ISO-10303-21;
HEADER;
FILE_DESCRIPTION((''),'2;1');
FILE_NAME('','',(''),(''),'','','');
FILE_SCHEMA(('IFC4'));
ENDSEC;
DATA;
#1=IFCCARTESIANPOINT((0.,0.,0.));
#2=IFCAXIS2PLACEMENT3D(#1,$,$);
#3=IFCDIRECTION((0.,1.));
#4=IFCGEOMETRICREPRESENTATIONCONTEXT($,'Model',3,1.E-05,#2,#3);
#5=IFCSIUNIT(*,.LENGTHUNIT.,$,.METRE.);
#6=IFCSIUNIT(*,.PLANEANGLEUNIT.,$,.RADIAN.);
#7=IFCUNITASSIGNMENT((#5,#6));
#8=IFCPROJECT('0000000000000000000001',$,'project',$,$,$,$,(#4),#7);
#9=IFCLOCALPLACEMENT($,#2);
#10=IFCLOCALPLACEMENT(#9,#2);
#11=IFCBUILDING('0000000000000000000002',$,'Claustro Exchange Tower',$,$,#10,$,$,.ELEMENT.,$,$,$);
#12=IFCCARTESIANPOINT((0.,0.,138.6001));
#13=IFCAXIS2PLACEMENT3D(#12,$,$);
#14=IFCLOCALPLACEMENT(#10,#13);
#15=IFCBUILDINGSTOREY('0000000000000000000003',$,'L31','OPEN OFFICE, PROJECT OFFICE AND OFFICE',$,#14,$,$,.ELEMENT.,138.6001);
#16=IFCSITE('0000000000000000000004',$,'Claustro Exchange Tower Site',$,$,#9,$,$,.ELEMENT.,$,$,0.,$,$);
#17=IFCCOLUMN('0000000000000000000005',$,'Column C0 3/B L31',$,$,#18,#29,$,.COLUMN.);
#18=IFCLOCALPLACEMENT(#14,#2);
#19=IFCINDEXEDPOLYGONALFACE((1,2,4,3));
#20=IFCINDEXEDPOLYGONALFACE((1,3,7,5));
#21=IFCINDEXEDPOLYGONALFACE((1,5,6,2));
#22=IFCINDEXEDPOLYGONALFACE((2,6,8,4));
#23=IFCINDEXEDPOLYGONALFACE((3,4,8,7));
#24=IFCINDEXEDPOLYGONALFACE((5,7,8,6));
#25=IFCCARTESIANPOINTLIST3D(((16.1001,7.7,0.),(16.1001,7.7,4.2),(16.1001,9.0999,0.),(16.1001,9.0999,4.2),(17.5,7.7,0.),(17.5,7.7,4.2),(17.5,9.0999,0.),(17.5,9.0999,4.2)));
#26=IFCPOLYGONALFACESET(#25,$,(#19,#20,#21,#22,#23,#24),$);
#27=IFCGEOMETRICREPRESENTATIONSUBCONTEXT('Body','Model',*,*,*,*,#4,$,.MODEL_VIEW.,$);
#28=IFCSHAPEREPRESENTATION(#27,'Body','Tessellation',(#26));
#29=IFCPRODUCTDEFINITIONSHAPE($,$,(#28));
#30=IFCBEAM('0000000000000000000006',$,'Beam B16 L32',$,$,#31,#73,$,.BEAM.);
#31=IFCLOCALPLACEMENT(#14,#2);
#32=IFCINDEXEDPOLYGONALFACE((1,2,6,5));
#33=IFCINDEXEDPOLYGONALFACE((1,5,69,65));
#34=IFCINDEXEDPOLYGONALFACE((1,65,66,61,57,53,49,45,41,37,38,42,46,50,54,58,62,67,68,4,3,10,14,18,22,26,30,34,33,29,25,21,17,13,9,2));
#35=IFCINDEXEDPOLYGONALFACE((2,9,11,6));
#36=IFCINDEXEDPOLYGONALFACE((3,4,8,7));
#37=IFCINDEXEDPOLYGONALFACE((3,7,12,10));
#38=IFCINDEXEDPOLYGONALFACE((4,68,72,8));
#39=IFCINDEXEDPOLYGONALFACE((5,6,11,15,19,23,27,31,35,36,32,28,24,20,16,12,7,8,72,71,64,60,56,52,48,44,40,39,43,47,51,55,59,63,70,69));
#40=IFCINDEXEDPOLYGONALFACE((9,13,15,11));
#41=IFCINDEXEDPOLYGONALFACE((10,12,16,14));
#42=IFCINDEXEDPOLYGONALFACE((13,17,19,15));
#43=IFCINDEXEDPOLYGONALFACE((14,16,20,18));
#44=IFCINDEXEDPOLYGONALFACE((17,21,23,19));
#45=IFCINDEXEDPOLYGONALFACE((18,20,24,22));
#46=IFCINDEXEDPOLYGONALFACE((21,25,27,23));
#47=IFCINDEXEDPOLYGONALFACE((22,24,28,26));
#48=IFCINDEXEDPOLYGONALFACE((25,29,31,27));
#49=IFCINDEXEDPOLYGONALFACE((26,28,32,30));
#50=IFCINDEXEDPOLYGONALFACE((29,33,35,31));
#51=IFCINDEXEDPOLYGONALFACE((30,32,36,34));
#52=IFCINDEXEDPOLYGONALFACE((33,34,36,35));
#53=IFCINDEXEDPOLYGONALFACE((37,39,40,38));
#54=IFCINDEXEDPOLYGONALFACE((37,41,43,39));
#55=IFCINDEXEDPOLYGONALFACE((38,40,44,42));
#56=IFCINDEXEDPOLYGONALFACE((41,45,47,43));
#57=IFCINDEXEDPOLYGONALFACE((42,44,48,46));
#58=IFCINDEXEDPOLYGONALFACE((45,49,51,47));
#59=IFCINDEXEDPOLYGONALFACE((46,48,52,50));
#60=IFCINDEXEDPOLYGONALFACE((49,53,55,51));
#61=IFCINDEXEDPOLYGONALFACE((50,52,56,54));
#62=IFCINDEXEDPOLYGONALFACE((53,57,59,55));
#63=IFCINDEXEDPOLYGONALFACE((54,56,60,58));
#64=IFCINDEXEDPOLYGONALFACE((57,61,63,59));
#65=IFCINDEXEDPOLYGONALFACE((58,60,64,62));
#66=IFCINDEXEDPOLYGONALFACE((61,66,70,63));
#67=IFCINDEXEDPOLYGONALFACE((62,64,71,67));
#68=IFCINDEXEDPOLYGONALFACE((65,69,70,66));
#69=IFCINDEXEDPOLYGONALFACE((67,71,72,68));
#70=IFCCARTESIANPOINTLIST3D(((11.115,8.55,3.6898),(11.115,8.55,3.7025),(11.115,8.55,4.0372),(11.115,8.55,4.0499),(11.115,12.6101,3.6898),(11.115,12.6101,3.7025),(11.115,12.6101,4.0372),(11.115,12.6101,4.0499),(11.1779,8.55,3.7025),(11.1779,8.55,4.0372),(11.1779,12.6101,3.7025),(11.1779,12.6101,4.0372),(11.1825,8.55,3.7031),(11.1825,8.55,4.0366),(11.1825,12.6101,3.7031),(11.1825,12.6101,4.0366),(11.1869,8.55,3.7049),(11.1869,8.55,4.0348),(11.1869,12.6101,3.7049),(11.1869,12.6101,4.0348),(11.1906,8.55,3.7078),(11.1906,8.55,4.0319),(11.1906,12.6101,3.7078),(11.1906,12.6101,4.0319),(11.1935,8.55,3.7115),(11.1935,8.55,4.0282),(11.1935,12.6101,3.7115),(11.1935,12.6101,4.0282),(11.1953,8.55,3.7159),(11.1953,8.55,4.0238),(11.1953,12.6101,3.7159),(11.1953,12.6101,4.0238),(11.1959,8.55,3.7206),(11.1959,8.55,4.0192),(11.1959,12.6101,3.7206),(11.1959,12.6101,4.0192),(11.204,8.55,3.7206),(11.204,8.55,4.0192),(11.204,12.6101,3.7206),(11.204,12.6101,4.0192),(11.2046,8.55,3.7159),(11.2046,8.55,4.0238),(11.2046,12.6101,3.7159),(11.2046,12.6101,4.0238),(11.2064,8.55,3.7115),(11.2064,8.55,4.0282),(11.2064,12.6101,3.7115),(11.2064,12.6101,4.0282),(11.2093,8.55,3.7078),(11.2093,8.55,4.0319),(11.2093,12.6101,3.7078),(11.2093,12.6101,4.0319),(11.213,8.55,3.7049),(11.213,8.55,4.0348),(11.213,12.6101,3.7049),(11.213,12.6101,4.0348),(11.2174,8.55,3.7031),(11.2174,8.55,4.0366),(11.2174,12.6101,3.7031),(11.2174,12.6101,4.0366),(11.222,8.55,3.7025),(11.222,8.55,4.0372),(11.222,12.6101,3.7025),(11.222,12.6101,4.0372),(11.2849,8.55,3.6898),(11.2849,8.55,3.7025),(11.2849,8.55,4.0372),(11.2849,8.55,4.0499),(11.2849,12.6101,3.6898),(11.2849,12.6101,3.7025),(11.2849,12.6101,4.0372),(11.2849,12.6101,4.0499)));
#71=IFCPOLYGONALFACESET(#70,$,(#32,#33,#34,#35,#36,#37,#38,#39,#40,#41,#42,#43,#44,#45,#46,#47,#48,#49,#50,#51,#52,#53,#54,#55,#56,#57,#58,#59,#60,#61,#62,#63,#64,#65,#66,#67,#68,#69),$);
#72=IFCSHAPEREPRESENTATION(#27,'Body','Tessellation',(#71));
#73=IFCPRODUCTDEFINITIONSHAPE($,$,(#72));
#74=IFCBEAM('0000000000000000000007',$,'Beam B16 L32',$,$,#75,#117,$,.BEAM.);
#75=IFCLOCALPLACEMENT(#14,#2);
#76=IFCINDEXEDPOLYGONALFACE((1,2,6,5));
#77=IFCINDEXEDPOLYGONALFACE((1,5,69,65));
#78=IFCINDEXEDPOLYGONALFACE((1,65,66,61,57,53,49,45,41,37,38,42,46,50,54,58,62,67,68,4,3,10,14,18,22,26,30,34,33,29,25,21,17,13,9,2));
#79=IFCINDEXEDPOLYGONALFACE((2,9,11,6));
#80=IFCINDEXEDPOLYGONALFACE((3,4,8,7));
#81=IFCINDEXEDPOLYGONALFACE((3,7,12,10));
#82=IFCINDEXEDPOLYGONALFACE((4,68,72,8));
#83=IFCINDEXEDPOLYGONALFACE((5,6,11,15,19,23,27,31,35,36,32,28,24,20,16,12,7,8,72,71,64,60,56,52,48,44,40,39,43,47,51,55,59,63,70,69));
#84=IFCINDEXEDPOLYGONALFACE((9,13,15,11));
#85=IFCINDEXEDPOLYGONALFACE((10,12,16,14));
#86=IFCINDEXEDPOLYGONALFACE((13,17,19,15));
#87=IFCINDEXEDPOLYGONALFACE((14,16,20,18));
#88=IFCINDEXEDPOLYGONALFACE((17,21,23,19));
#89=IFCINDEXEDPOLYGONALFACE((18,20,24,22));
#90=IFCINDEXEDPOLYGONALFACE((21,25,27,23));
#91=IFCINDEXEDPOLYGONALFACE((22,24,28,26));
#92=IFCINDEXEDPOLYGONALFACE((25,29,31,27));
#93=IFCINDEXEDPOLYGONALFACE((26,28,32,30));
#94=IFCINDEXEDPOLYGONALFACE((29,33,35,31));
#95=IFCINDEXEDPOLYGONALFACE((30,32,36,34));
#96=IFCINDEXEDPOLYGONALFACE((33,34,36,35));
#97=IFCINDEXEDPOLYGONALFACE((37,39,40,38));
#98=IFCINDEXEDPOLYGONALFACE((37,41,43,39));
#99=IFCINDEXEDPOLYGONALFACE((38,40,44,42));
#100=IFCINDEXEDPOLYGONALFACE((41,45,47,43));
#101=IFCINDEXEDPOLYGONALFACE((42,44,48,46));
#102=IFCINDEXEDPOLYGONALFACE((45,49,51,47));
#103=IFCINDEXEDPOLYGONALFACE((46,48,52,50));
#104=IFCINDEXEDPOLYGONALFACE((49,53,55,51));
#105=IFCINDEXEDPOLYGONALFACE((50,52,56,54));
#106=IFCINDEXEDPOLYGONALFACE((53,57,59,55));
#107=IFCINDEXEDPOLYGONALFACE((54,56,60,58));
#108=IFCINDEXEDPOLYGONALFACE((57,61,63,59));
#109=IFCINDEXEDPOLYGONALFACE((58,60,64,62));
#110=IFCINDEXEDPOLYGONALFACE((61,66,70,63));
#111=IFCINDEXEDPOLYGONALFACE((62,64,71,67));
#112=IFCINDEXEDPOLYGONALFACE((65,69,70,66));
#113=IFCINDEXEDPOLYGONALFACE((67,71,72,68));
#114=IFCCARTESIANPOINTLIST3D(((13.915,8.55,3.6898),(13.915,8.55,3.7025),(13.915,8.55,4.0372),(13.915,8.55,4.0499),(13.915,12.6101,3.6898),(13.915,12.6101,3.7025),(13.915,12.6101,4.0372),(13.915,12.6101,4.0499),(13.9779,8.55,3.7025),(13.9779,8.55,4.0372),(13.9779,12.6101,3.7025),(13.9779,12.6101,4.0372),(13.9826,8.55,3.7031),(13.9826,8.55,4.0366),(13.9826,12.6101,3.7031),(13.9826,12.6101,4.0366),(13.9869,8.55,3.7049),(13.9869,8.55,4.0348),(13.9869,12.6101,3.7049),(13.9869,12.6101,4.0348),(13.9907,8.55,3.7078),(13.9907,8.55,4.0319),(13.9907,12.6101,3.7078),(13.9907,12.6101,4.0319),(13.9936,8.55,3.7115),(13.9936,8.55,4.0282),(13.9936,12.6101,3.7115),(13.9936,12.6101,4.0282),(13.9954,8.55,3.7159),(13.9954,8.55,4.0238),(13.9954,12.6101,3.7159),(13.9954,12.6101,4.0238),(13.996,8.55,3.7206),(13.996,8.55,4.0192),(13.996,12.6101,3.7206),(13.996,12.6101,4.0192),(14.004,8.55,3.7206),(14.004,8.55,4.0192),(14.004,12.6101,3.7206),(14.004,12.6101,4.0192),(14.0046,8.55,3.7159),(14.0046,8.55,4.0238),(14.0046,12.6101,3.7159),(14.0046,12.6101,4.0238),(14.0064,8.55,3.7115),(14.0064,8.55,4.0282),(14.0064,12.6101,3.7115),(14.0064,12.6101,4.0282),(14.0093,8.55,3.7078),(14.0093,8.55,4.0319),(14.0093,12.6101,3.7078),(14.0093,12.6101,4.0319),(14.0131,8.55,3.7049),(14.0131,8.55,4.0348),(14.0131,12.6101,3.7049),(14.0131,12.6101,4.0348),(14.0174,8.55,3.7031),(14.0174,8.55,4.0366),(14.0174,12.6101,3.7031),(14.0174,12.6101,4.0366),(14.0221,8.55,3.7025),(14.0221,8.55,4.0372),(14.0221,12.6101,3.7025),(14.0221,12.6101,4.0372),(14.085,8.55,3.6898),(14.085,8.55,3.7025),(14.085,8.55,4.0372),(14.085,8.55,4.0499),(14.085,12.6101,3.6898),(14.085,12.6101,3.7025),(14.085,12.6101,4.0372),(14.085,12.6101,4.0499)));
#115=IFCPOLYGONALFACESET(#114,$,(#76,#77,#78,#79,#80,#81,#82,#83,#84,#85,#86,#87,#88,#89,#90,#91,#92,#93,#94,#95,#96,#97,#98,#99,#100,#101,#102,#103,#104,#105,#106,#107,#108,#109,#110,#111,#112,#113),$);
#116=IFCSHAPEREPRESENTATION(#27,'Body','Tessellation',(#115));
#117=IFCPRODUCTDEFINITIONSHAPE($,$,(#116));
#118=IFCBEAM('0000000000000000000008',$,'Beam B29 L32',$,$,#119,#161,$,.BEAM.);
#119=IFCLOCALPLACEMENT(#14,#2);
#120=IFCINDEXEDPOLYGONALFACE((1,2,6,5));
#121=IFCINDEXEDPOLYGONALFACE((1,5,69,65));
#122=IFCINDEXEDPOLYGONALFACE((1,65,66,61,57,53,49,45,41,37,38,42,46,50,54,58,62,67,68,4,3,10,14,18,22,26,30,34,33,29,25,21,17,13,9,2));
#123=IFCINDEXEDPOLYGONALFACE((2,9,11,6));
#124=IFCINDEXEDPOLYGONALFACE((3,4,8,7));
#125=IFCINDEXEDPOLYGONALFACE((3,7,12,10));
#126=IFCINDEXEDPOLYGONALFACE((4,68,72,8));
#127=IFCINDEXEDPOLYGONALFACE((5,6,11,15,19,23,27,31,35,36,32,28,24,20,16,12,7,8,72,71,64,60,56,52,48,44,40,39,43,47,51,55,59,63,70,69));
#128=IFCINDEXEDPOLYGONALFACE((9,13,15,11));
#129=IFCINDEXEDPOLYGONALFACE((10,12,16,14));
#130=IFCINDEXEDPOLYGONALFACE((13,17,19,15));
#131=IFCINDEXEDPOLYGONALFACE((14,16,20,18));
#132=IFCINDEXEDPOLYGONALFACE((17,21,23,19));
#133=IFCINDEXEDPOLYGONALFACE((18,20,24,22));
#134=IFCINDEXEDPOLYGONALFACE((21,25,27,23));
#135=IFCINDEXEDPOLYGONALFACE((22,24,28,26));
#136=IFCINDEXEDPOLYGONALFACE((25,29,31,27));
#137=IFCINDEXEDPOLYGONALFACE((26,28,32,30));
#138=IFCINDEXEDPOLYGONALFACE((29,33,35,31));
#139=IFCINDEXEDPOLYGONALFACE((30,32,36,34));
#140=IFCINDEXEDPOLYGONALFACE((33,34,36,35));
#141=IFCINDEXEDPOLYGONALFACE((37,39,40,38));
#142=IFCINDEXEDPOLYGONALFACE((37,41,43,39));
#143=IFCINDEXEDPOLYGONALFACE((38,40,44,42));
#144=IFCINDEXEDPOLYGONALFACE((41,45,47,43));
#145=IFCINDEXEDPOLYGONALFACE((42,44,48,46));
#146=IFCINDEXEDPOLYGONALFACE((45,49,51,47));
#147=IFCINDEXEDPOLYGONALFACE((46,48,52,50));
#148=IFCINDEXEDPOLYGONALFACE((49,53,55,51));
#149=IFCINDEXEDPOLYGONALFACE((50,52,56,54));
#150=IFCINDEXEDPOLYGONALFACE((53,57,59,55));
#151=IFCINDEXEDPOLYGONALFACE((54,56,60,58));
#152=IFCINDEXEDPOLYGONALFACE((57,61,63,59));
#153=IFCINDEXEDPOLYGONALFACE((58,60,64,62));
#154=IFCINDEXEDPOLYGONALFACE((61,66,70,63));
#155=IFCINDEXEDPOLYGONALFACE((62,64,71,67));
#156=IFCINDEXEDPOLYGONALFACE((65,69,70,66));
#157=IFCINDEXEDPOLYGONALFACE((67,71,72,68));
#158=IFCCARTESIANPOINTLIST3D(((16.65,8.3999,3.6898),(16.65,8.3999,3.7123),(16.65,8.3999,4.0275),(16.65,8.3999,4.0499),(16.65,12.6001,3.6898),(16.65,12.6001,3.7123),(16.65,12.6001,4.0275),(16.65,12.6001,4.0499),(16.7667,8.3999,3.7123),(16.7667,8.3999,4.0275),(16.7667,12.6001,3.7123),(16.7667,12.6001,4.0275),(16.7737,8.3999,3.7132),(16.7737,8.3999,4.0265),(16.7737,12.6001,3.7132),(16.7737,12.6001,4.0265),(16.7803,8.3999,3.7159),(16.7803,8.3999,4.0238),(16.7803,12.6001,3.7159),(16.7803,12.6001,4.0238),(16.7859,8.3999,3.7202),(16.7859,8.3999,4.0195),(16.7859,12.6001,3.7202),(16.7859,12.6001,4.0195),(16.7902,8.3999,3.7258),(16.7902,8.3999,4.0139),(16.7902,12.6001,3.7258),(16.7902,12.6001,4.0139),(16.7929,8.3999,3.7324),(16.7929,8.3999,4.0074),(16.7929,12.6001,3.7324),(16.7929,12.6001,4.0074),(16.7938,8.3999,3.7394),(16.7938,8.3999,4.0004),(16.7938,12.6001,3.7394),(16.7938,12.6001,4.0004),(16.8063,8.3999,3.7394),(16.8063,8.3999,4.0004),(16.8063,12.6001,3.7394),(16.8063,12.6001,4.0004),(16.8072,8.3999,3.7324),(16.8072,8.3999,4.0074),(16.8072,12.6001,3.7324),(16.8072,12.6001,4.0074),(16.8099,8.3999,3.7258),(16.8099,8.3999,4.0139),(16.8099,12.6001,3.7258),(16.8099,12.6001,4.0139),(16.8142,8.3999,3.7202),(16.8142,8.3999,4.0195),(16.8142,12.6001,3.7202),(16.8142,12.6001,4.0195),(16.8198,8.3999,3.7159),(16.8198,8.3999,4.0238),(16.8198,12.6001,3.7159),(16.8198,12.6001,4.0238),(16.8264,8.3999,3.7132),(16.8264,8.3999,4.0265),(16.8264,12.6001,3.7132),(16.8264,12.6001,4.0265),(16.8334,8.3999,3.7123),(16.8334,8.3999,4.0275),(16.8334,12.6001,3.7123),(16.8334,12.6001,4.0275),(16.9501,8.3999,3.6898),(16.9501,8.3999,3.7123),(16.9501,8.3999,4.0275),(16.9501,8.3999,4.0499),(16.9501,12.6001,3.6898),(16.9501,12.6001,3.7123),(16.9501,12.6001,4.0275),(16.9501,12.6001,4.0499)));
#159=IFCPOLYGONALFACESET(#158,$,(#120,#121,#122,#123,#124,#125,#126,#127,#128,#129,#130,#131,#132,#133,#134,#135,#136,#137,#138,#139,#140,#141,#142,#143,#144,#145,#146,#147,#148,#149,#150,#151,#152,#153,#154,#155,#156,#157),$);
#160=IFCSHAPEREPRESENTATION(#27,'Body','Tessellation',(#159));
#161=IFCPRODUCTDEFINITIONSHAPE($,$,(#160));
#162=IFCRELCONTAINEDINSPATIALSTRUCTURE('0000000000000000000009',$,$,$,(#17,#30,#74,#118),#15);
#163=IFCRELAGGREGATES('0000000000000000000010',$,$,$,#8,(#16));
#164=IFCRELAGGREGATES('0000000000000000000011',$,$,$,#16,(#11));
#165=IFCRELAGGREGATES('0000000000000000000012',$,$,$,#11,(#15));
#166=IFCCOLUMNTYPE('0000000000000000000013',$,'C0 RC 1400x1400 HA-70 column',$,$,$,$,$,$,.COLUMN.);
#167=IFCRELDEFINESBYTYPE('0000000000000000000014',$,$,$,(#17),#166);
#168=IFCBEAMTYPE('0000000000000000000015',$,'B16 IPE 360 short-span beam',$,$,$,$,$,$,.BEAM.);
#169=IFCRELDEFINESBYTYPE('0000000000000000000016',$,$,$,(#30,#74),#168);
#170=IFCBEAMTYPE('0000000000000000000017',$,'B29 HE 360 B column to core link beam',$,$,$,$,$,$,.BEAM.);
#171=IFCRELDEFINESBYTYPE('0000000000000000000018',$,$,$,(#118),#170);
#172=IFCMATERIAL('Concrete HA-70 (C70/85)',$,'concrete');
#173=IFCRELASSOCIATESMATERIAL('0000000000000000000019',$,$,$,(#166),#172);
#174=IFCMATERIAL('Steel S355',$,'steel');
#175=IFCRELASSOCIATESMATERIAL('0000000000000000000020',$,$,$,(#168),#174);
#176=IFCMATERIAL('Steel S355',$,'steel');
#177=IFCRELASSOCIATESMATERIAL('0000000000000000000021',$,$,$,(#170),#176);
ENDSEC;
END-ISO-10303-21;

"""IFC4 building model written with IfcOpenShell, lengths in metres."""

from ifc_helpers import new_model, si_unit, direction, frame, origin, origin_2d, place, context, subcontext, project, spatial, rectangle, i_section, extrude, material, material_profile, profile_set, type_object, element, save


model = new_model("IFC4")

# Units and contexts
model_context = context("Model", 3, precision=1e-05, world=origin(), true_north=direction((0.0, 1.0)))
body_context = subcontext(model_context, "Body", "Model", "MODEL_VIEW")
ifc_project = project(units=[si_unit("LENGTHUNIT", "METRE"), si_unit("PLANEANGLEUNIT", "RADIAN")], contexts=[model_context])

# Site, building, storey
site_placement = place(None, origin())
site = spatial("IfcSite", under=ifc_project, at=site_placement, Name="Claustro Exchange Tower Site", CompositionType="ELEMENT", RefElevation=0.0)
building_placement = place(site_placement, origin())
building = spatial("IfcBuilding", under=site, at=building_placement, Name="Claustro Exchange Tower", CompositionType="ELEMENT")
storey_placement = place(building_placement, frame((0.0, 0.0, 138.6001)))
storey = spatial("IfcBuildingStorey", under=building, at=storey_placement, Name="L31", Description="OPEN OFFICE, PROJECT OFFICE AND OFFICE", CompositionType="ELEMENT", Elevation=138.6001)

# Column
ifc_material_1 = material(Name="Concrete HA-70 (C70/85)", Category="concrete")
ifc_material_profile_1 = material_profile(ifc_material_1, rectangle(XDim=1.3999, YDim=1.3999, at=origin_2d()), Name="RC 1400x1400")
ifc_profile_set_1 = profile_set([ifc_material_profile_1], Name="Concrete HA-70 (C70/85)")
column_type = type_object("IfcColumnType", Name="C0 RC 1400x1400 HA-70 column", PredefinedType="COLUMN", material=ifc_profile_set_1)
column_placement = place(storey_placement, frame((16.8, 8.3999, 0.0), z_axis=(0.0, 0.0, 1.0), x_axis=(1.0, 0.0, 0.0)))
element("IfcColumn", 1, at=column_placement, inside=storey, type_object=column_type, Name="Column C0 3/B L31", PredefinedType="COLUMN", context=body_context, shape_type="SweptSolid", body=[
    extrude(rectangle(XDim=1.3999, YDim=1.3999, at=origin_2d()), origin(), (0.0, 0.0, 1.0), 4.2),
])

# Beams
ifc_material_2 = material(Name="Steel S355", Category="steel")
ifc_material_profile_2 = material_profile(ifc_material_2, i_section(OverallWidth=0.1699, OverallDepth=0.3601, WebThickness=0.0081, FlangeThickness=0.0127, FilletRadius=0.0181, at=origin_2d()), Name="IPE 360")
ifc_profile_set_2 = profile_set([ifc_material_profile_2], Name="Steel S355")
beam_type_1 = type_object("IfcBeamType", Name="B16 IPE 360 short-span beam", PredefinedType="BEAM", material=ifc_profile_set_2)
for number, where, z_axis, x_axis, name in (
    (2, (11.2, 8.55, 3.8699), (0.0, 1.0, 0.0), (-1.0, 0.0, 0.0), "Beam B16 L32"),
    (3, (14.0, 8.55, 3.8699), (0.0, 1.0, 0.0), (-1.0, 0.0, 0.0), "Beam B16 L32"),
):
    element("IfcBeam", number, at=place(storey_placement, frame(where, z_axis=z_axis, x_axis=x_axis)), inside=storey, type_object=beam_type_1, Name=name, PredefinedType="BEAM", context=body_context, shape_type="SweptSolid", body=[
        extrude(i_section(OverallWidth=0.1699, OverallDepth=0.3601, WebThickness=0.0081, FlangeThickness=0.0127, FilletRadius=0.0181, at=origin_2d()), origin(), (0.0, 0.0, 1.0), 4.0601),
    ])
ifc_material_3 = material(Name="Steel S355", Category="steel")
ifc_material_profile_3 = material_profile(ifc_material_3, i_section(OverallWidth=0.3, OverallDepth=0.3601, WebThickness=0.0125, FlangeThickness=0.0225, FilletRadius=0.0271, at=origin_2d()), Name="HE 360 B")
ifc_profile_set_3 = profile_set([ifc_material_profile_3], Name="Steel S355")
beam_type_2 = type_object("IfcBeamType", Name="B29 HE 360 B column to core link beam", PredefinedType="BEAM", material=ifc_profile_set_3)
beam_1_placement = place(storey_placement, frame((16.8, 8.3999, 3.8699), z_axis=(0.0, 1.0, 0.0), x_axis=(-1.0, 0.0, 0.0)))
element("IfcBeam", 4, at=beam_1_placement, inside=storey, type_object=beam_type_2, Name="Beam B29 L32", PredefinedType="BEAM", context=body_context, shape_type="SweptSolid", body=[
    extrude(i_section(OverallWidth=0.3, OverallDepth=0.3601, WebThickness=0.0125, FlangeThickness=0.0225, FilletRadius=0.0271, at=origin_2d()), origin(), (0.0, 0.0, 1.0), 4.2002),
])

save(model, "model.ifc")
